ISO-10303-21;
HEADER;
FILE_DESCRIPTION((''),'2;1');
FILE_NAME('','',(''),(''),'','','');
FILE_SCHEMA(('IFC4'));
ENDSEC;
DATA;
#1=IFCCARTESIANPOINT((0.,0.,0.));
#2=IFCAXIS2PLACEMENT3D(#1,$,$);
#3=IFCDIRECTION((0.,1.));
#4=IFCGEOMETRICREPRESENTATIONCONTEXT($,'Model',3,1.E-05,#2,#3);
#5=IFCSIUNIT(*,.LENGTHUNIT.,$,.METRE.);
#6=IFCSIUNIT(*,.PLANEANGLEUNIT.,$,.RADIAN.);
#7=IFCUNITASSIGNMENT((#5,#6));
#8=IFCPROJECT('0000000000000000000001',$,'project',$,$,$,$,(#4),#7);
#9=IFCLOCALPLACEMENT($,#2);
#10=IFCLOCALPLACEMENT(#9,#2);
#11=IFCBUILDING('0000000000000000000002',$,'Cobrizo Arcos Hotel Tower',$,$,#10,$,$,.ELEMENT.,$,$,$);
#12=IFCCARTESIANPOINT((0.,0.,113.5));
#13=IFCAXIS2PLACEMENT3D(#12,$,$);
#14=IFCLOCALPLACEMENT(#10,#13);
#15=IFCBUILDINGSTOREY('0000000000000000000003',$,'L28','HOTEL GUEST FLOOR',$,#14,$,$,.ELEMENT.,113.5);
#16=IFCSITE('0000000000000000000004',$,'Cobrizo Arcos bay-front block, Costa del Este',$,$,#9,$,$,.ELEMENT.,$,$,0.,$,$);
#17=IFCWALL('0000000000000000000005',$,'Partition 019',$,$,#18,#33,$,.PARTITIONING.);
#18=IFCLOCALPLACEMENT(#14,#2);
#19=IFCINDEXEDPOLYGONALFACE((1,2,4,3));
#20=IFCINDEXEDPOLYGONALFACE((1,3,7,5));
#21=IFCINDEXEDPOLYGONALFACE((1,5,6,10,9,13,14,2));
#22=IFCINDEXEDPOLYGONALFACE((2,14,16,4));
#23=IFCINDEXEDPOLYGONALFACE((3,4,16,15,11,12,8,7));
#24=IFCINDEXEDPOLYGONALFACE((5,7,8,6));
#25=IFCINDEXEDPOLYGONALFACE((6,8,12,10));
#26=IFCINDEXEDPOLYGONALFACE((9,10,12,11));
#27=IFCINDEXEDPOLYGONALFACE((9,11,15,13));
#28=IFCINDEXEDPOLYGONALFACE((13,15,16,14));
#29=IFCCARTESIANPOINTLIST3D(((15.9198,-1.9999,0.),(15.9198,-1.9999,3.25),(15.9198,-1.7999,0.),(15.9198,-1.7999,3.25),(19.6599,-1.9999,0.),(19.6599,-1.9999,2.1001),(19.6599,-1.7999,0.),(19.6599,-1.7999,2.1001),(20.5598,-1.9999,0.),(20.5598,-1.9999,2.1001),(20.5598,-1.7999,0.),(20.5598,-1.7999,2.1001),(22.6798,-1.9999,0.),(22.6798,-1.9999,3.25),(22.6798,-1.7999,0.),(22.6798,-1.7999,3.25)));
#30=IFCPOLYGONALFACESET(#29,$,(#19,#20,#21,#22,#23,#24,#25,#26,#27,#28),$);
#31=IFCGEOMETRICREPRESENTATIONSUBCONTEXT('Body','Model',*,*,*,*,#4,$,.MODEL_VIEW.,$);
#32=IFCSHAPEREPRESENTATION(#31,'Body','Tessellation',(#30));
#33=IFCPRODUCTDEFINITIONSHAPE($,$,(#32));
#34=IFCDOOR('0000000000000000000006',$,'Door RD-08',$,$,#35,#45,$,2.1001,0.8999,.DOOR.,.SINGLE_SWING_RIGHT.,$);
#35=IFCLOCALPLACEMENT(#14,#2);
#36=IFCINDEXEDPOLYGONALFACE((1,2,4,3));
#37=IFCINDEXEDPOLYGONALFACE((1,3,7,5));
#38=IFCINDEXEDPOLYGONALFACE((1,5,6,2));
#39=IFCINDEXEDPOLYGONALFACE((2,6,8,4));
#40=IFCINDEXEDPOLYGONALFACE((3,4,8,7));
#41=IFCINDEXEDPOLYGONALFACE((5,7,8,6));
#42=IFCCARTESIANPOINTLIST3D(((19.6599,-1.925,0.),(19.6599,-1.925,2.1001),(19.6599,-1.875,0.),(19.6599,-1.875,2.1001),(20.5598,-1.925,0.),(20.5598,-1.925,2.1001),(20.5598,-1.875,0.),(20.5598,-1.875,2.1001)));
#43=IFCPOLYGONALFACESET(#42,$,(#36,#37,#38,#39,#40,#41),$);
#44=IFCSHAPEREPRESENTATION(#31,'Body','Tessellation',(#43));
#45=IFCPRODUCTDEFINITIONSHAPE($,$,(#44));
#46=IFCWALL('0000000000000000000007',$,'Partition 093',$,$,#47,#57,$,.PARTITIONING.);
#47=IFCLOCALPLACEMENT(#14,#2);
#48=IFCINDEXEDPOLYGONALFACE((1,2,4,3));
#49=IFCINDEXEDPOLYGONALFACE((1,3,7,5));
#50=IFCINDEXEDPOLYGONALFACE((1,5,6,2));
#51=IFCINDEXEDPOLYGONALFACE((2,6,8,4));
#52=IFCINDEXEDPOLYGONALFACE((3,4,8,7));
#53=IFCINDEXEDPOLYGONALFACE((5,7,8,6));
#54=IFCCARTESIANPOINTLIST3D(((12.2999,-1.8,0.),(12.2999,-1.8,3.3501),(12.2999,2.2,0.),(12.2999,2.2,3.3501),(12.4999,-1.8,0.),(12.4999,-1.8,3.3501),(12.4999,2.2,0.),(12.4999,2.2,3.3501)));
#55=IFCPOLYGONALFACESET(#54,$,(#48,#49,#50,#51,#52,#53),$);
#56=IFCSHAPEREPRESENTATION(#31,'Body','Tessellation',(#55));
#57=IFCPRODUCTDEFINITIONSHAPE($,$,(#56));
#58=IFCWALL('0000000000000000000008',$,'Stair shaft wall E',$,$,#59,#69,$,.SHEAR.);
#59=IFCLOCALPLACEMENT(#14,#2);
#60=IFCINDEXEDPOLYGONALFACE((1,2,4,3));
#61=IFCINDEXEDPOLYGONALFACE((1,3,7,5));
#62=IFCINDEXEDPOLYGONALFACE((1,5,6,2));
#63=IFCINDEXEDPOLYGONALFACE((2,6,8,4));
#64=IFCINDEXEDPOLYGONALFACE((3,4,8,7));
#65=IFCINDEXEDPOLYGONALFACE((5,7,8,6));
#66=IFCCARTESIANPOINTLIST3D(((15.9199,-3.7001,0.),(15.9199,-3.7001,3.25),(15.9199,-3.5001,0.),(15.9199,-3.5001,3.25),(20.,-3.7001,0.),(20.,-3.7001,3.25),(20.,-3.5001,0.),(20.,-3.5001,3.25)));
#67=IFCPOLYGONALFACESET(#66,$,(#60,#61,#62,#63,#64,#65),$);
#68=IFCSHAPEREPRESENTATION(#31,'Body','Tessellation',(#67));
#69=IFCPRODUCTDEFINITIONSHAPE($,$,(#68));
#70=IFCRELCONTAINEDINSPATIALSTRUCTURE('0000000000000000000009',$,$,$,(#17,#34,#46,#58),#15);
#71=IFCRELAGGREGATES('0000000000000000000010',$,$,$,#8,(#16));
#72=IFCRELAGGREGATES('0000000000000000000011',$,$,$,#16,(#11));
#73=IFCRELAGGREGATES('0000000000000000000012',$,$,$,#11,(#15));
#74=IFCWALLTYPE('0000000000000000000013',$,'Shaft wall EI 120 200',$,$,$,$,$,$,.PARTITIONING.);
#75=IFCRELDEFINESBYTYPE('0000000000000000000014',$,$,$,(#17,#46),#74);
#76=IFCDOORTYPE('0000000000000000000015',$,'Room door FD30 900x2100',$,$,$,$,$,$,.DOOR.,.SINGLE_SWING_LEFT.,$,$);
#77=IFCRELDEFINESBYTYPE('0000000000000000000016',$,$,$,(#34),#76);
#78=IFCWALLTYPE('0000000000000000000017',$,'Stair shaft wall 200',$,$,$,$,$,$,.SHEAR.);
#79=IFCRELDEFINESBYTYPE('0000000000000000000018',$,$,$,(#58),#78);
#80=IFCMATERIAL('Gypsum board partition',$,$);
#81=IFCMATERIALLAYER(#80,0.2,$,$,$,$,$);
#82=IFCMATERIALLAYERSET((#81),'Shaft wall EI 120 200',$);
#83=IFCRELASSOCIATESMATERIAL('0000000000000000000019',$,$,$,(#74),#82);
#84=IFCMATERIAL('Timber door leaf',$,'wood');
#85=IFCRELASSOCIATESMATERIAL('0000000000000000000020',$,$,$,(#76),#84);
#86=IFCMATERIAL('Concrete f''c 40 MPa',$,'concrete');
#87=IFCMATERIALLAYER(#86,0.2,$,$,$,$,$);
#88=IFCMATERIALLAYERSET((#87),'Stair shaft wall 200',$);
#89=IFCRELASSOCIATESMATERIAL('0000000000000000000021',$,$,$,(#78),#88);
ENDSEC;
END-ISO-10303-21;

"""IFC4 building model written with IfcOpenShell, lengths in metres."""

from ifc_helpers import new_model, si_unit, direction, frame, frame_2d, origin, place, context, subcontext, project, spatial, rectangle, extrude, material, layer, layer_set, type_object, element, fill, save


model = new_model("IFC4")

# Units and contexts
model_context = context("Model", 3, precision=1e-05, world=origin(), true_north=direction((0.0, 1.0)))
body_context = subcontext(model_context, "Body", "Model", "MODEL_VIEW")
ifc_project = project(units=[si_unit("LENGTHUNIT", "METRE"), si_unit("PLANEANGLEUNIT", "RADIAN")], contexts=[model_context])

# Site, building, storey
site_placement = place(None, origin())
site = spatial("IfcSite", under=ifc_project, at=site_placement, Name="Cobrizo Arcos bay-front block, Costa del Este", CompositionType="ELEMENT", RefElevation=0.0)
building_placement = place(site_placement, origin())
building = spatial("IfcBuilding", under=site, at=building_placement, Name="Cobrizo Arcos Hotel Tower", CompositionType="ELEMENT")
storey_placement = place(building_placement, frame((0.0, 0.0, 113.5)))
storey = spatial("IfcBuildingStorey", under=building, at=storey_placement, Name="L28", Description="HOTEL GUEST FLOOR", CompositionType="ELEMENT", Elevation=113.5)

# Shared definitions
ifc_material_1 = material(Name="Gypsum board partition")

# Wall, opening, door
ifc_layer_1 = layer(ifc_material_1, 0.2)
ifc_layer_set_1 = layer_set([ifc_layer_1], Name="Shaft wall EI 120 200")
wall_type_1 = type_object("IfcWallType", Name="Shaft wall EI 120 200", PredefinedType="PARTITIONING", material=ifc_layer_set_1)
wall_1_placement = place(storey_placement, frame((15.9199, -1.8999, 0.0), z_axis=(0.0, 0.0, 1.0), x_axis=(1.0, 0.0, 0.0)))
wall_1 = element("IfcWall", 1, at=wall_1_placement, inside=storey, type_object=wall_type_1, Name="Partition 019", PredefinedType="PARTITIONING", context=body_context, shape_type="SweptSolid", body=[
    extrude(rectangle(XDim=6.76, YDim=0.2, at=frame_2d((3.3799, 0.0))), origin(), (0.0, 0.0, 1.0), 3.25),
])
opening_1_placement = place(wall_1_placement, frame((3.74, 0.0, 0.0)))
opening_1 = element("IfcOpeningElement", 2, at=opening_1_placement, cuts=wall_1, PredefinedType="OPENING", context=body_context, shape_type="SweptSolid", body=[
    extrude(rectangle(XDim=0.8999, YDim=2.1001, at=frame_2d((0.45, 1.05))), frame((0.0, 0.1121, 0.0), z_axis=(0.0, -1.0, 0.0), x_axis=(1.0, 0.0, 0.0)), (0.0, 0.0, 1.0), 0.2239),
])
ifc_material_2 = material(Name="Timber door leaf", Category="wood")
door_type_1 = type_object("IfcDoorType", Name="Room door FD30 900x2100", OperationType="SINGLE_SWING_LEFT", PredefinedType="DOOR", material=ifc_material_2)
door_1_placement = place(opening_1_placement, origin())
door_1 = element("IfcDoor", 3, at=door_1_placement, inside=storey, type_object=door_type_1, Name="Door RD-08", OperationType="SINGLE_SWING_RIGHT", OverallHeight=2.1001, OverallWidth=0.8999, PredefinedType="DOOR", context=body_context, shape_type="SweptSolid", body=[
    extrude(rectangle(XDim=0.8999, YDim=2.1001, at=frame_2d((0.45, 1.05))), frame((0.0, 0.0249, 0.0), z_axis=(0.0, -1.0, 0.0), x_axis=(1.0, 0.0, 0.0)), (0.0, 0.0, 1.0), 0.05),
])
fill(opening_1, door_1)

# Walls
wall_2_placement = place(storey_placement, frame((12.3999, -1.8, 0.0), z_axis=(0.0, 0.0, 1.0), x_axis=(0.0, 1.0, 0.0)))
element("IfcWall", 4, at=wall_2_placement, inside=storey, type_object=wall_type_1, Name="Partition 093", PredefinedType="PARTITIONING", context=body_context, shape_type="SweptSolid", body=[
    extrude(rectangle(XDim=4.0, YDim=0.2, at=frame_2d((2.0, 0.0))), origin(), (0.0, 0.0, 1.0), 3.3501),
])
ifc_material_3 = material(Name="Concrete f'c 40 MPa", Category="concrete")
ifc_layer_2 = layer(ifc_material_3, 0.2)
ifc_layer_set_2 = layer_set([ifc_layer_2], Name="Stair shaft wall 200")
wall_type_2 = type_object("IfcWallType", Name="Stair shaft wall 200", PredefinedType="SHEAR", material=ifc_layer_set_2)
wall_3_placement = place(storey_placement, frame((15.9199, -3.6001, 0.0), z_axis=(0.0, 0.0, 1.0), x_axis=(1.0, 0.0, 0.0)))
element("IfcWall", 5, at=wall_3_placement, inside=storey, type_object=wall_type_2, Name="Stair shaft wall E", PredefinedType="SHEAR", context=body_context, shape_type="SweptSolid", body=[
    extrude(rectangle(XDim=4.0801, YDim=0.2, at=frame_2d((2.04, 0.0))), origin(), (0.0, 0.0, 1.0), 3.25),
])

save(model, "model.ifc")
